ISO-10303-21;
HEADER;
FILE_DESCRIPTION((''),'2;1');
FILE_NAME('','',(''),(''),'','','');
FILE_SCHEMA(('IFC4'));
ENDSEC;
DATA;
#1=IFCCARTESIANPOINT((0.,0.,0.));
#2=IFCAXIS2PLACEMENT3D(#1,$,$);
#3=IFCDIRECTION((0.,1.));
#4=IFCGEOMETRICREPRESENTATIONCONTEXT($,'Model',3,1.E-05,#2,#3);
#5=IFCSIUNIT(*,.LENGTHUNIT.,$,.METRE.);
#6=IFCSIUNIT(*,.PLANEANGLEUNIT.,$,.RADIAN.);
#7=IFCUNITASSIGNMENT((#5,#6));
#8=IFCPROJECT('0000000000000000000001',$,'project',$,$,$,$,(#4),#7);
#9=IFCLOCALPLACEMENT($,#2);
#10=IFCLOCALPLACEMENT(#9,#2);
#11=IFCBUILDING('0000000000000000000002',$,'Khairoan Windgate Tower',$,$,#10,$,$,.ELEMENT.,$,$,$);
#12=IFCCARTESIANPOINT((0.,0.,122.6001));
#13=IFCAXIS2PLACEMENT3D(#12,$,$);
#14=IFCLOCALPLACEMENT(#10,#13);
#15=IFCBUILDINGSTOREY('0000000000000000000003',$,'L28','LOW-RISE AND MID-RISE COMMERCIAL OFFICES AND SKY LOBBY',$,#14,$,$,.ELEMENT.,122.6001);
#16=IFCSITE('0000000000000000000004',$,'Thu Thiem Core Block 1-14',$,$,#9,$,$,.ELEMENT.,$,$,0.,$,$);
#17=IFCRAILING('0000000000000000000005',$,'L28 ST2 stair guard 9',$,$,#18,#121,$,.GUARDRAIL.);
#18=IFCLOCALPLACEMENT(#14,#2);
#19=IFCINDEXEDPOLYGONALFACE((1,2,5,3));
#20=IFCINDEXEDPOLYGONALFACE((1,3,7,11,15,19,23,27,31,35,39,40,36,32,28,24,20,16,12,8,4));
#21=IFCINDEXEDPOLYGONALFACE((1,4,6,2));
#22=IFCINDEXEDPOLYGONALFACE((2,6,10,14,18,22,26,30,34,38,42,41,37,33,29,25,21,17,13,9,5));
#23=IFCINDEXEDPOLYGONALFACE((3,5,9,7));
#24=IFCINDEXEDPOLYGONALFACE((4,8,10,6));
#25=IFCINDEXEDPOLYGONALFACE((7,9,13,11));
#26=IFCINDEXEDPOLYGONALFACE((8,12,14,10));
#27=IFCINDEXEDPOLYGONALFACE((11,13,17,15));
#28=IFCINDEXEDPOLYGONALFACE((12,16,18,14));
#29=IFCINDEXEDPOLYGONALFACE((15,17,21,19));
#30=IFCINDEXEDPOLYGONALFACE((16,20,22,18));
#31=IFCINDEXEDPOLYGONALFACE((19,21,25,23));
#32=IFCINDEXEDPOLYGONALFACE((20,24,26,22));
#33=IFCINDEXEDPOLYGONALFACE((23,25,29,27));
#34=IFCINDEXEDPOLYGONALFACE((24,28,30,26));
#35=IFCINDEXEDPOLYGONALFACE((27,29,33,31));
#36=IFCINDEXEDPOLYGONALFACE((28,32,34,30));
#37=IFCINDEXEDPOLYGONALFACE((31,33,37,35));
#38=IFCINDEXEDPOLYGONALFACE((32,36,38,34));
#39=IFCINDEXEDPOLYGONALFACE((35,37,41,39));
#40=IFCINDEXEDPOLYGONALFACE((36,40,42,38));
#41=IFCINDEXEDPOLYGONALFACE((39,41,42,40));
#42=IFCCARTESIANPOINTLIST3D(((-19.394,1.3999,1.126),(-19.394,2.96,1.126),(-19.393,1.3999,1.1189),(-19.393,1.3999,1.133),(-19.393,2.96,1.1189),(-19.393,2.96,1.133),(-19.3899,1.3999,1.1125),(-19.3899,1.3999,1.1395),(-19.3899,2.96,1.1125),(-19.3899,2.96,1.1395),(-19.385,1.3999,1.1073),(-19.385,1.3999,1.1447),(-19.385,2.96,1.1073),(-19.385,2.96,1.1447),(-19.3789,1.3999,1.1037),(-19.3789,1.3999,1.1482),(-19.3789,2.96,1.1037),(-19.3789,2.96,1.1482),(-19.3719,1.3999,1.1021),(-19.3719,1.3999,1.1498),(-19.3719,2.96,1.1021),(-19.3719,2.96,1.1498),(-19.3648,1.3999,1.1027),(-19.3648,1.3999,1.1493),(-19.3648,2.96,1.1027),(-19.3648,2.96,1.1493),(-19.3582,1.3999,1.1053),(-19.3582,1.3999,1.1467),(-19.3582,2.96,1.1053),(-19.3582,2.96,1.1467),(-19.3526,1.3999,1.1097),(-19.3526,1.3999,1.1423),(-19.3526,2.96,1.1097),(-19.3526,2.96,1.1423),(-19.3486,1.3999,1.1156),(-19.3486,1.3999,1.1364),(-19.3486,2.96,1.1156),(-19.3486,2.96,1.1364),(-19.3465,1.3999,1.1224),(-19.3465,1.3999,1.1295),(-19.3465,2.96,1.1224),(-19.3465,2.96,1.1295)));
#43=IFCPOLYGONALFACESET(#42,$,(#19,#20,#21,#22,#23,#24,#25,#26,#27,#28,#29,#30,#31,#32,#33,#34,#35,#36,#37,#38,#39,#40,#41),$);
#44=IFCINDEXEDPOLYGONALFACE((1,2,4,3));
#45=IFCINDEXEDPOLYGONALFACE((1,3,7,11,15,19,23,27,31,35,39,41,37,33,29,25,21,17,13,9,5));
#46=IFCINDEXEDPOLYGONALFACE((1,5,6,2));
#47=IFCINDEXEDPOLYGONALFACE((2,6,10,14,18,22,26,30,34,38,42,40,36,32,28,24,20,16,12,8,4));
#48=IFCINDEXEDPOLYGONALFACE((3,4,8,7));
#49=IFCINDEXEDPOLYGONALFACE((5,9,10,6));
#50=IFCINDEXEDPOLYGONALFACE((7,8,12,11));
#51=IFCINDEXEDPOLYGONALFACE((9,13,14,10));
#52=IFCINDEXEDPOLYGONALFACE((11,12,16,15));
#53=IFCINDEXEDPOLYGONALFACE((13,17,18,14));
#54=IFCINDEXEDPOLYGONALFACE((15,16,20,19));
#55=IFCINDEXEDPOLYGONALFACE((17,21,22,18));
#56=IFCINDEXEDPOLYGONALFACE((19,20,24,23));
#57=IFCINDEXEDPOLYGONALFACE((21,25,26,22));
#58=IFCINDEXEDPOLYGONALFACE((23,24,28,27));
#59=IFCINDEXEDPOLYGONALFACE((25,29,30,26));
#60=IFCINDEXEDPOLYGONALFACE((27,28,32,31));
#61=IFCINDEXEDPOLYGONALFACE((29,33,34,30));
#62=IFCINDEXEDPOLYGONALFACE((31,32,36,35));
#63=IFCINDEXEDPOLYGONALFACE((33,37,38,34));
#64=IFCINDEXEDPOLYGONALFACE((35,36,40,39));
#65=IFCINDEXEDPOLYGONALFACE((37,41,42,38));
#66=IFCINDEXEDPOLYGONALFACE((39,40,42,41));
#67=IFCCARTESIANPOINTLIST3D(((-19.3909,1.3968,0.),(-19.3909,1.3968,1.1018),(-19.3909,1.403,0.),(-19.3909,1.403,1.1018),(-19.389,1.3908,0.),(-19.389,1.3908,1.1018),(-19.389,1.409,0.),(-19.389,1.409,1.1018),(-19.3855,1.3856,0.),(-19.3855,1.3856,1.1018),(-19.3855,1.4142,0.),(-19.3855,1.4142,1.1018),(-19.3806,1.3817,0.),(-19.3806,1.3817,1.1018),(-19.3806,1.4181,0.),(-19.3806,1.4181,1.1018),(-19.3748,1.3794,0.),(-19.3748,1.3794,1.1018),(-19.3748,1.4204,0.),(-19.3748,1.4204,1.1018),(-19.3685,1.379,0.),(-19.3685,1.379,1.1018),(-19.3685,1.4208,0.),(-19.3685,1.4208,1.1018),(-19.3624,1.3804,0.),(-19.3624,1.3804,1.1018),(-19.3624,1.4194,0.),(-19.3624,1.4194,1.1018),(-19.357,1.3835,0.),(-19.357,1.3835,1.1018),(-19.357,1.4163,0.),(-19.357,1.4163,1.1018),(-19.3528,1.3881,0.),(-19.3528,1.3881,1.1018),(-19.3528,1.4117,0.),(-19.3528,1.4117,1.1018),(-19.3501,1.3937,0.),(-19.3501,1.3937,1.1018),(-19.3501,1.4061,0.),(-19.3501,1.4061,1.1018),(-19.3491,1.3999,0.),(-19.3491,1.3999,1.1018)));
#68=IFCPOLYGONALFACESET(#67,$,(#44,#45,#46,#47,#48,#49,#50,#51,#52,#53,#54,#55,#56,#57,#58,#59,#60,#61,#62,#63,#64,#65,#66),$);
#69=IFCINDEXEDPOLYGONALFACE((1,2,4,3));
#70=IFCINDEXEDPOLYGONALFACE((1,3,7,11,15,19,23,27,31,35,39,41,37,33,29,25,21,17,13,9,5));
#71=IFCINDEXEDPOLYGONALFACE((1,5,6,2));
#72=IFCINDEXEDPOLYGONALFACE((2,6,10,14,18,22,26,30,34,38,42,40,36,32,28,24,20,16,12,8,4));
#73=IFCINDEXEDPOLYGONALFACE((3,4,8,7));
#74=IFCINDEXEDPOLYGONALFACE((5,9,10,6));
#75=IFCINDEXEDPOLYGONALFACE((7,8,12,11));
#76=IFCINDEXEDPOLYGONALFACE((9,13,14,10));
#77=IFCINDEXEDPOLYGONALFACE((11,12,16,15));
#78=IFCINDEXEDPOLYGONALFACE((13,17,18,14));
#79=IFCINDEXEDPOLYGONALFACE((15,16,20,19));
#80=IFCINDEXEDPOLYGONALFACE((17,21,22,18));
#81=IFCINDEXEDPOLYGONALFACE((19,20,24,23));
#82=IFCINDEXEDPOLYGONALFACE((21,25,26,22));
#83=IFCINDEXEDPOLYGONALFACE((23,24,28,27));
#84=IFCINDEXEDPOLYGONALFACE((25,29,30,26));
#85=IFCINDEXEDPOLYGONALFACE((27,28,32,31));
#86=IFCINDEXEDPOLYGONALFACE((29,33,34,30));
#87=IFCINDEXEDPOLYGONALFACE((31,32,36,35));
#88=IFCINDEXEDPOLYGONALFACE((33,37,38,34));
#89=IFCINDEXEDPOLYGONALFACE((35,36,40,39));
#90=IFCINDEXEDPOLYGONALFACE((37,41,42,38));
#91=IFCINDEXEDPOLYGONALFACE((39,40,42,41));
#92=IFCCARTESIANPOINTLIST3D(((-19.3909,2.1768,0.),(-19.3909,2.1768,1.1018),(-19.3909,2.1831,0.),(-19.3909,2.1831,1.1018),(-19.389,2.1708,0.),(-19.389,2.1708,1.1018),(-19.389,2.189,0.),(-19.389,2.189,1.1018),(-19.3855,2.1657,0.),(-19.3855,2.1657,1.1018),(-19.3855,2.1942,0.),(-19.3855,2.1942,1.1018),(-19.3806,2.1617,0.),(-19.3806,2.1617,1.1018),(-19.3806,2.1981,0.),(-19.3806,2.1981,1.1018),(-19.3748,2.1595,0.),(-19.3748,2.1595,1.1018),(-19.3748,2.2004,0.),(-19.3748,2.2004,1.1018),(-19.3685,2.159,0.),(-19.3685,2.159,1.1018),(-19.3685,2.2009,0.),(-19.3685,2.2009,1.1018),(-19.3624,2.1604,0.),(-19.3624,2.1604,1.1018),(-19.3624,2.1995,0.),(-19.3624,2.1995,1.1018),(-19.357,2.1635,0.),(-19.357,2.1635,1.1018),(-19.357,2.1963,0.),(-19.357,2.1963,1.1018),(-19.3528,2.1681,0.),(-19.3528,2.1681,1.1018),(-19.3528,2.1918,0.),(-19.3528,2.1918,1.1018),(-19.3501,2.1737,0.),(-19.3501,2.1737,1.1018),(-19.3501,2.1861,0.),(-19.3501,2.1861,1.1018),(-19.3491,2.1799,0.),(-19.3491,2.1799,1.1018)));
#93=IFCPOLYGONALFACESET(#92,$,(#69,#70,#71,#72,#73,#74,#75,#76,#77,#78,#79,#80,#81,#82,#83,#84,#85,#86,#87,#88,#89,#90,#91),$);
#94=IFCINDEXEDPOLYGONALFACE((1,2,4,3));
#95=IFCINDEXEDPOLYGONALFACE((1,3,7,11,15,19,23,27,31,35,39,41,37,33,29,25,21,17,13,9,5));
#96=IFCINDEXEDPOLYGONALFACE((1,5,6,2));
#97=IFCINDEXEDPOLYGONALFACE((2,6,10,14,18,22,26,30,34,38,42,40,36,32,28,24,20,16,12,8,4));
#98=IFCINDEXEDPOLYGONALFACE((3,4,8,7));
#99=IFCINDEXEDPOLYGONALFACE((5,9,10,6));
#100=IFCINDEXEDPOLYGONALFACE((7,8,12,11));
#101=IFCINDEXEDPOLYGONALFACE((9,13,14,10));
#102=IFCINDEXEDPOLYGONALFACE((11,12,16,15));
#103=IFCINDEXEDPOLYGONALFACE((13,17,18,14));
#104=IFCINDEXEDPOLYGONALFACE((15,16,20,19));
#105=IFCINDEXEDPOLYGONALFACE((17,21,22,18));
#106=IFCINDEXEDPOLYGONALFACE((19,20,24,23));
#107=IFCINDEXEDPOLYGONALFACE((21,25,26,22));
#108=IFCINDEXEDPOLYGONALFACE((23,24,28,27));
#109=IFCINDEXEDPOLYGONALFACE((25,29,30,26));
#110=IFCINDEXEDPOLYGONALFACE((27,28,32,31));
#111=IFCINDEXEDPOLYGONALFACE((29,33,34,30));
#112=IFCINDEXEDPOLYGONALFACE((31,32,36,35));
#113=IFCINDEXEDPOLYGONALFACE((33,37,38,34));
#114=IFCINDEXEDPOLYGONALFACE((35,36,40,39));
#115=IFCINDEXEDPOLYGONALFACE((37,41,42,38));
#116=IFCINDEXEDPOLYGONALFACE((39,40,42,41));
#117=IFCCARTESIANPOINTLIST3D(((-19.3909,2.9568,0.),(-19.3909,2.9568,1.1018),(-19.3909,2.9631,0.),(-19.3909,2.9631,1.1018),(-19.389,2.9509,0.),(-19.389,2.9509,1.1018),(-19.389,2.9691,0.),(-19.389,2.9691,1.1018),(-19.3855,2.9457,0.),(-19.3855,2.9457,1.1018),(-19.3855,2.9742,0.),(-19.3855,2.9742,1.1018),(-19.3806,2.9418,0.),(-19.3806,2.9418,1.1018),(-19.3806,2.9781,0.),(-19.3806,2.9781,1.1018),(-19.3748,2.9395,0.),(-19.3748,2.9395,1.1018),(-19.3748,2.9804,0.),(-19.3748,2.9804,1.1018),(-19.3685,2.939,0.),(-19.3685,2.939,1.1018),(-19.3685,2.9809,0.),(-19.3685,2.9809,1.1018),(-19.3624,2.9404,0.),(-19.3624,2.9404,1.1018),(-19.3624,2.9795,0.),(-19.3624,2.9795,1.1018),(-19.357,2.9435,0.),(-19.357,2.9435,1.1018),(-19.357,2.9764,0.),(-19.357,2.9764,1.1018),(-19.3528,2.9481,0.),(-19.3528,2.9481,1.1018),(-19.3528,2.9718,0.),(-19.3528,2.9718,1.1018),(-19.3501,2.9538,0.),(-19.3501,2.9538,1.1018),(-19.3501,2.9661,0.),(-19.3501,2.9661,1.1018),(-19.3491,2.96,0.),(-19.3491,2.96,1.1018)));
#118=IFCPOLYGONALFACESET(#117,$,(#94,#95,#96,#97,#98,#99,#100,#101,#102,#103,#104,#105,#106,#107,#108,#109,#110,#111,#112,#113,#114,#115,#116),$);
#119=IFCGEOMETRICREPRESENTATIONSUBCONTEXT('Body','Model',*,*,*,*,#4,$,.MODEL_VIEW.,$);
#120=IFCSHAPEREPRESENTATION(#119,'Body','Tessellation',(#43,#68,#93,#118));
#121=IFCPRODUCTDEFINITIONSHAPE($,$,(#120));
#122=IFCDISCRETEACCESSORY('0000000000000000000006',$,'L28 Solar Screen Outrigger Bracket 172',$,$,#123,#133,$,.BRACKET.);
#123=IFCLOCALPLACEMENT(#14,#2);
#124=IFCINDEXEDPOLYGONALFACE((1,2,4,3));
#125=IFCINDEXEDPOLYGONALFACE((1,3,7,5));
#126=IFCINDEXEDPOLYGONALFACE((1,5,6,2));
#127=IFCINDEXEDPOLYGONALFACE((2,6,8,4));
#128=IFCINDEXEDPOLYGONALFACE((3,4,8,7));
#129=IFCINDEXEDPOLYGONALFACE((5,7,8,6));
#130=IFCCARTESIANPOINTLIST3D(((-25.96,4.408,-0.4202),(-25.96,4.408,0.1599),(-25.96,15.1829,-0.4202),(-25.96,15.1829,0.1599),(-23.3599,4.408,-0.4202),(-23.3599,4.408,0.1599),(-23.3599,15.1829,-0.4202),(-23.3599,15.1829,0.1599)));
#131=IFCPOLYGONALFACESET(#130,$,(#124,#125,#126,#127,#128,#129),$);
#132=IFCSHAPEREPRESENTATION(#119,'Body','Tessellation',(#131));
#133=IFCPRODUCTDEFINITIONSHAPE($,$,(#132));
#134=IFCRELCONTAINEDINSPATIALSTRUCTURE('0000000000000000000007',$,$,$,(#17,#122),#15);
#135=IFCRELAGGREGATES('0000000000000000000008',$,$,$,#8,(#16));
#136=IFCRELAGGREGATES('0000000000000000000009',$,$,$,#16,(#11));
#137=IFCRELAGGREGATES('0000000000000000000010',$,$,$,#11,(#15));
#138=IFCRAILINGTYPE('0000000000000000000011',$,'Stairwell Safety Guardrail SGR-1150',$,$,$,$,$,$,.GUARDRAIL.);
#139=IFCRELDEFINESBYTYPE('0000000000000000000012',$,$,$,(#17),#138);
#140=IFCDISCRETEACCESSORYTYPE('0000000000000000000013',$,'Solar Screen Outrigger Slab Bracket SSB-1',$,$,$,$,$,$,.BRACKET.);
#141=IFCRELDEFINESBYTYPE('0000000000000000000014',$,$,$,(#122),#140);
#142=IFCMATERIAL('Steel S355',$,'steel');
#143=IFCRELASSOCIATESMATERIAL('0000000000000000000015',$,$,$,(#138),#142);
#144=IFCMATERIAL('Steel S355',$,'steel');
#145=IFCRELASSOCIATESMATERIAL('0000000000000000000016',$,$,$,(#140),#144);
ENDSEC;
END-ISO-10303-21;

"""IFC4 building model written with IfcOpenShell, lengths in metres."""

from ifc_helpers import new_model, si_unit, direction, frame, origin, origin_2d, place, context, subcontext, project, spatial, rectangle, circle, extrude, material, type_object, element, save


model = new_model("IFC4")

# Units and contexts
model_context = context("Model", 3, precision=1e-05, world=origin(), true_north=direction((0.0, 1.0)))
body_context = subcontext(model_context, "Body", "Model", "MODEL_VIEW")
ifc_project = project(units=[si_unit("LENGTHUNIT", "METRE"), si_unit("PLANEANGLEUNIT", "RADIAN")], contexts=[model_context])

# Site, building, storey
site_placement = place(None, origin())
site = spatial("IfcSite", under=ifc_project, at=site_placement, Name="Thu Thiem Core Block 1-14", CompositionType="ELEMENT", RefElevation=0.0)
building_placement = place(site_placement, origin())
building = spatial("IfcBuilding", under=site, at=building_placement, Name="Khairoan Windgate Tower", CompositionType="ELEMENT")
storey_placement = place(building_placement, frame((0.0, 0.0, 122.6001)))
storey = spatial("IfcBuildingStorey", under=building, at=storey_placement, Name="L28", Description="LOW-RISE AND MID-RISE COMMERCIAL OFFICES AND SKY LOBBY", CompositionType="ELEMENT", Elevation=122.6001)

# Railing
ifc_material_1 = material(Name="Steel S355", Category="steel")
railing_type_1 = type_object("IfcRailingType", Name="Stairwell Safety Guardrail SGR-1150", PredefinedType="GUARDRAIL", material=ifc_material_1)
for number, where, name in (
    (1, (-19.3701, 1.3999, 0.0), "L28 ST2 stair guard 9"),
):
    element("IfcRailing", number, at=place(storey_placement, frame(where)), inside=storey, type_object=railing_type_1, Name=name, PredefinedType="GUARDRAIL", context=body_context, shape_type="SweptSolid", body=[
        extrude(circle(Radius=0.0239, at=origin_2d()), frame((0.0, 0.0, 1.126), z_axis=(0.0, 1.0, 0.0), x_axis=(-1.0, 0.0, 0.0)), (0.0, 0.0, 1.0), 1.5601),
        extrude(circle(Radius=0.021, at=origin_2d()), origin(), (0.0, 0.0, 1.0), 1.1018),
        extrude(circle(Radius=0.021, at=origin_2d()), frame((0.0, 0.78, 0.0)), (0.0, 0.0, 1.0), 1.1018),
        extrude(circle(Radius=0.021, at=origin_2d()), frame((0.0, 1.5601, 0.0)), (0.0, 0.0, 1.0), 1.1018),
    ])

# Discrete accessory
ifc_material_2 = material(Name="Steel S355", Category="steel")
discrete_accessory_type = type_object("IfcDiscreteAccessoryType", Name="Solar Screen Outrigger Slab Bracket SSB-1", PredefinedType="BRACKET", material=ifc_material_2)
discrete_accessory_placement = place(storey_placement, frame((-24.6599, 9.7954, -0.4202), z_axis=(0.0, 0.0, 1.0), x_axis=(0.0, 1.0, 0.0)))
element("IfcDiscreteAccessory", 2, at=discrete_accessory_placement, inside=storey, type_object=discrete_accessory_type, Name="L28 Solar Screen Outrigger Bracket 172", PredefinedType="BRACKET", context=body_context, shape_type="SweptSolid", body=[
    extrude(rectangle(XDim=10.7749, YDim=2.6001, at=origin_2d()), origin(), (0.0, 0.0, 1.0), 0.5801),
])

save(model, "model.ifc")
